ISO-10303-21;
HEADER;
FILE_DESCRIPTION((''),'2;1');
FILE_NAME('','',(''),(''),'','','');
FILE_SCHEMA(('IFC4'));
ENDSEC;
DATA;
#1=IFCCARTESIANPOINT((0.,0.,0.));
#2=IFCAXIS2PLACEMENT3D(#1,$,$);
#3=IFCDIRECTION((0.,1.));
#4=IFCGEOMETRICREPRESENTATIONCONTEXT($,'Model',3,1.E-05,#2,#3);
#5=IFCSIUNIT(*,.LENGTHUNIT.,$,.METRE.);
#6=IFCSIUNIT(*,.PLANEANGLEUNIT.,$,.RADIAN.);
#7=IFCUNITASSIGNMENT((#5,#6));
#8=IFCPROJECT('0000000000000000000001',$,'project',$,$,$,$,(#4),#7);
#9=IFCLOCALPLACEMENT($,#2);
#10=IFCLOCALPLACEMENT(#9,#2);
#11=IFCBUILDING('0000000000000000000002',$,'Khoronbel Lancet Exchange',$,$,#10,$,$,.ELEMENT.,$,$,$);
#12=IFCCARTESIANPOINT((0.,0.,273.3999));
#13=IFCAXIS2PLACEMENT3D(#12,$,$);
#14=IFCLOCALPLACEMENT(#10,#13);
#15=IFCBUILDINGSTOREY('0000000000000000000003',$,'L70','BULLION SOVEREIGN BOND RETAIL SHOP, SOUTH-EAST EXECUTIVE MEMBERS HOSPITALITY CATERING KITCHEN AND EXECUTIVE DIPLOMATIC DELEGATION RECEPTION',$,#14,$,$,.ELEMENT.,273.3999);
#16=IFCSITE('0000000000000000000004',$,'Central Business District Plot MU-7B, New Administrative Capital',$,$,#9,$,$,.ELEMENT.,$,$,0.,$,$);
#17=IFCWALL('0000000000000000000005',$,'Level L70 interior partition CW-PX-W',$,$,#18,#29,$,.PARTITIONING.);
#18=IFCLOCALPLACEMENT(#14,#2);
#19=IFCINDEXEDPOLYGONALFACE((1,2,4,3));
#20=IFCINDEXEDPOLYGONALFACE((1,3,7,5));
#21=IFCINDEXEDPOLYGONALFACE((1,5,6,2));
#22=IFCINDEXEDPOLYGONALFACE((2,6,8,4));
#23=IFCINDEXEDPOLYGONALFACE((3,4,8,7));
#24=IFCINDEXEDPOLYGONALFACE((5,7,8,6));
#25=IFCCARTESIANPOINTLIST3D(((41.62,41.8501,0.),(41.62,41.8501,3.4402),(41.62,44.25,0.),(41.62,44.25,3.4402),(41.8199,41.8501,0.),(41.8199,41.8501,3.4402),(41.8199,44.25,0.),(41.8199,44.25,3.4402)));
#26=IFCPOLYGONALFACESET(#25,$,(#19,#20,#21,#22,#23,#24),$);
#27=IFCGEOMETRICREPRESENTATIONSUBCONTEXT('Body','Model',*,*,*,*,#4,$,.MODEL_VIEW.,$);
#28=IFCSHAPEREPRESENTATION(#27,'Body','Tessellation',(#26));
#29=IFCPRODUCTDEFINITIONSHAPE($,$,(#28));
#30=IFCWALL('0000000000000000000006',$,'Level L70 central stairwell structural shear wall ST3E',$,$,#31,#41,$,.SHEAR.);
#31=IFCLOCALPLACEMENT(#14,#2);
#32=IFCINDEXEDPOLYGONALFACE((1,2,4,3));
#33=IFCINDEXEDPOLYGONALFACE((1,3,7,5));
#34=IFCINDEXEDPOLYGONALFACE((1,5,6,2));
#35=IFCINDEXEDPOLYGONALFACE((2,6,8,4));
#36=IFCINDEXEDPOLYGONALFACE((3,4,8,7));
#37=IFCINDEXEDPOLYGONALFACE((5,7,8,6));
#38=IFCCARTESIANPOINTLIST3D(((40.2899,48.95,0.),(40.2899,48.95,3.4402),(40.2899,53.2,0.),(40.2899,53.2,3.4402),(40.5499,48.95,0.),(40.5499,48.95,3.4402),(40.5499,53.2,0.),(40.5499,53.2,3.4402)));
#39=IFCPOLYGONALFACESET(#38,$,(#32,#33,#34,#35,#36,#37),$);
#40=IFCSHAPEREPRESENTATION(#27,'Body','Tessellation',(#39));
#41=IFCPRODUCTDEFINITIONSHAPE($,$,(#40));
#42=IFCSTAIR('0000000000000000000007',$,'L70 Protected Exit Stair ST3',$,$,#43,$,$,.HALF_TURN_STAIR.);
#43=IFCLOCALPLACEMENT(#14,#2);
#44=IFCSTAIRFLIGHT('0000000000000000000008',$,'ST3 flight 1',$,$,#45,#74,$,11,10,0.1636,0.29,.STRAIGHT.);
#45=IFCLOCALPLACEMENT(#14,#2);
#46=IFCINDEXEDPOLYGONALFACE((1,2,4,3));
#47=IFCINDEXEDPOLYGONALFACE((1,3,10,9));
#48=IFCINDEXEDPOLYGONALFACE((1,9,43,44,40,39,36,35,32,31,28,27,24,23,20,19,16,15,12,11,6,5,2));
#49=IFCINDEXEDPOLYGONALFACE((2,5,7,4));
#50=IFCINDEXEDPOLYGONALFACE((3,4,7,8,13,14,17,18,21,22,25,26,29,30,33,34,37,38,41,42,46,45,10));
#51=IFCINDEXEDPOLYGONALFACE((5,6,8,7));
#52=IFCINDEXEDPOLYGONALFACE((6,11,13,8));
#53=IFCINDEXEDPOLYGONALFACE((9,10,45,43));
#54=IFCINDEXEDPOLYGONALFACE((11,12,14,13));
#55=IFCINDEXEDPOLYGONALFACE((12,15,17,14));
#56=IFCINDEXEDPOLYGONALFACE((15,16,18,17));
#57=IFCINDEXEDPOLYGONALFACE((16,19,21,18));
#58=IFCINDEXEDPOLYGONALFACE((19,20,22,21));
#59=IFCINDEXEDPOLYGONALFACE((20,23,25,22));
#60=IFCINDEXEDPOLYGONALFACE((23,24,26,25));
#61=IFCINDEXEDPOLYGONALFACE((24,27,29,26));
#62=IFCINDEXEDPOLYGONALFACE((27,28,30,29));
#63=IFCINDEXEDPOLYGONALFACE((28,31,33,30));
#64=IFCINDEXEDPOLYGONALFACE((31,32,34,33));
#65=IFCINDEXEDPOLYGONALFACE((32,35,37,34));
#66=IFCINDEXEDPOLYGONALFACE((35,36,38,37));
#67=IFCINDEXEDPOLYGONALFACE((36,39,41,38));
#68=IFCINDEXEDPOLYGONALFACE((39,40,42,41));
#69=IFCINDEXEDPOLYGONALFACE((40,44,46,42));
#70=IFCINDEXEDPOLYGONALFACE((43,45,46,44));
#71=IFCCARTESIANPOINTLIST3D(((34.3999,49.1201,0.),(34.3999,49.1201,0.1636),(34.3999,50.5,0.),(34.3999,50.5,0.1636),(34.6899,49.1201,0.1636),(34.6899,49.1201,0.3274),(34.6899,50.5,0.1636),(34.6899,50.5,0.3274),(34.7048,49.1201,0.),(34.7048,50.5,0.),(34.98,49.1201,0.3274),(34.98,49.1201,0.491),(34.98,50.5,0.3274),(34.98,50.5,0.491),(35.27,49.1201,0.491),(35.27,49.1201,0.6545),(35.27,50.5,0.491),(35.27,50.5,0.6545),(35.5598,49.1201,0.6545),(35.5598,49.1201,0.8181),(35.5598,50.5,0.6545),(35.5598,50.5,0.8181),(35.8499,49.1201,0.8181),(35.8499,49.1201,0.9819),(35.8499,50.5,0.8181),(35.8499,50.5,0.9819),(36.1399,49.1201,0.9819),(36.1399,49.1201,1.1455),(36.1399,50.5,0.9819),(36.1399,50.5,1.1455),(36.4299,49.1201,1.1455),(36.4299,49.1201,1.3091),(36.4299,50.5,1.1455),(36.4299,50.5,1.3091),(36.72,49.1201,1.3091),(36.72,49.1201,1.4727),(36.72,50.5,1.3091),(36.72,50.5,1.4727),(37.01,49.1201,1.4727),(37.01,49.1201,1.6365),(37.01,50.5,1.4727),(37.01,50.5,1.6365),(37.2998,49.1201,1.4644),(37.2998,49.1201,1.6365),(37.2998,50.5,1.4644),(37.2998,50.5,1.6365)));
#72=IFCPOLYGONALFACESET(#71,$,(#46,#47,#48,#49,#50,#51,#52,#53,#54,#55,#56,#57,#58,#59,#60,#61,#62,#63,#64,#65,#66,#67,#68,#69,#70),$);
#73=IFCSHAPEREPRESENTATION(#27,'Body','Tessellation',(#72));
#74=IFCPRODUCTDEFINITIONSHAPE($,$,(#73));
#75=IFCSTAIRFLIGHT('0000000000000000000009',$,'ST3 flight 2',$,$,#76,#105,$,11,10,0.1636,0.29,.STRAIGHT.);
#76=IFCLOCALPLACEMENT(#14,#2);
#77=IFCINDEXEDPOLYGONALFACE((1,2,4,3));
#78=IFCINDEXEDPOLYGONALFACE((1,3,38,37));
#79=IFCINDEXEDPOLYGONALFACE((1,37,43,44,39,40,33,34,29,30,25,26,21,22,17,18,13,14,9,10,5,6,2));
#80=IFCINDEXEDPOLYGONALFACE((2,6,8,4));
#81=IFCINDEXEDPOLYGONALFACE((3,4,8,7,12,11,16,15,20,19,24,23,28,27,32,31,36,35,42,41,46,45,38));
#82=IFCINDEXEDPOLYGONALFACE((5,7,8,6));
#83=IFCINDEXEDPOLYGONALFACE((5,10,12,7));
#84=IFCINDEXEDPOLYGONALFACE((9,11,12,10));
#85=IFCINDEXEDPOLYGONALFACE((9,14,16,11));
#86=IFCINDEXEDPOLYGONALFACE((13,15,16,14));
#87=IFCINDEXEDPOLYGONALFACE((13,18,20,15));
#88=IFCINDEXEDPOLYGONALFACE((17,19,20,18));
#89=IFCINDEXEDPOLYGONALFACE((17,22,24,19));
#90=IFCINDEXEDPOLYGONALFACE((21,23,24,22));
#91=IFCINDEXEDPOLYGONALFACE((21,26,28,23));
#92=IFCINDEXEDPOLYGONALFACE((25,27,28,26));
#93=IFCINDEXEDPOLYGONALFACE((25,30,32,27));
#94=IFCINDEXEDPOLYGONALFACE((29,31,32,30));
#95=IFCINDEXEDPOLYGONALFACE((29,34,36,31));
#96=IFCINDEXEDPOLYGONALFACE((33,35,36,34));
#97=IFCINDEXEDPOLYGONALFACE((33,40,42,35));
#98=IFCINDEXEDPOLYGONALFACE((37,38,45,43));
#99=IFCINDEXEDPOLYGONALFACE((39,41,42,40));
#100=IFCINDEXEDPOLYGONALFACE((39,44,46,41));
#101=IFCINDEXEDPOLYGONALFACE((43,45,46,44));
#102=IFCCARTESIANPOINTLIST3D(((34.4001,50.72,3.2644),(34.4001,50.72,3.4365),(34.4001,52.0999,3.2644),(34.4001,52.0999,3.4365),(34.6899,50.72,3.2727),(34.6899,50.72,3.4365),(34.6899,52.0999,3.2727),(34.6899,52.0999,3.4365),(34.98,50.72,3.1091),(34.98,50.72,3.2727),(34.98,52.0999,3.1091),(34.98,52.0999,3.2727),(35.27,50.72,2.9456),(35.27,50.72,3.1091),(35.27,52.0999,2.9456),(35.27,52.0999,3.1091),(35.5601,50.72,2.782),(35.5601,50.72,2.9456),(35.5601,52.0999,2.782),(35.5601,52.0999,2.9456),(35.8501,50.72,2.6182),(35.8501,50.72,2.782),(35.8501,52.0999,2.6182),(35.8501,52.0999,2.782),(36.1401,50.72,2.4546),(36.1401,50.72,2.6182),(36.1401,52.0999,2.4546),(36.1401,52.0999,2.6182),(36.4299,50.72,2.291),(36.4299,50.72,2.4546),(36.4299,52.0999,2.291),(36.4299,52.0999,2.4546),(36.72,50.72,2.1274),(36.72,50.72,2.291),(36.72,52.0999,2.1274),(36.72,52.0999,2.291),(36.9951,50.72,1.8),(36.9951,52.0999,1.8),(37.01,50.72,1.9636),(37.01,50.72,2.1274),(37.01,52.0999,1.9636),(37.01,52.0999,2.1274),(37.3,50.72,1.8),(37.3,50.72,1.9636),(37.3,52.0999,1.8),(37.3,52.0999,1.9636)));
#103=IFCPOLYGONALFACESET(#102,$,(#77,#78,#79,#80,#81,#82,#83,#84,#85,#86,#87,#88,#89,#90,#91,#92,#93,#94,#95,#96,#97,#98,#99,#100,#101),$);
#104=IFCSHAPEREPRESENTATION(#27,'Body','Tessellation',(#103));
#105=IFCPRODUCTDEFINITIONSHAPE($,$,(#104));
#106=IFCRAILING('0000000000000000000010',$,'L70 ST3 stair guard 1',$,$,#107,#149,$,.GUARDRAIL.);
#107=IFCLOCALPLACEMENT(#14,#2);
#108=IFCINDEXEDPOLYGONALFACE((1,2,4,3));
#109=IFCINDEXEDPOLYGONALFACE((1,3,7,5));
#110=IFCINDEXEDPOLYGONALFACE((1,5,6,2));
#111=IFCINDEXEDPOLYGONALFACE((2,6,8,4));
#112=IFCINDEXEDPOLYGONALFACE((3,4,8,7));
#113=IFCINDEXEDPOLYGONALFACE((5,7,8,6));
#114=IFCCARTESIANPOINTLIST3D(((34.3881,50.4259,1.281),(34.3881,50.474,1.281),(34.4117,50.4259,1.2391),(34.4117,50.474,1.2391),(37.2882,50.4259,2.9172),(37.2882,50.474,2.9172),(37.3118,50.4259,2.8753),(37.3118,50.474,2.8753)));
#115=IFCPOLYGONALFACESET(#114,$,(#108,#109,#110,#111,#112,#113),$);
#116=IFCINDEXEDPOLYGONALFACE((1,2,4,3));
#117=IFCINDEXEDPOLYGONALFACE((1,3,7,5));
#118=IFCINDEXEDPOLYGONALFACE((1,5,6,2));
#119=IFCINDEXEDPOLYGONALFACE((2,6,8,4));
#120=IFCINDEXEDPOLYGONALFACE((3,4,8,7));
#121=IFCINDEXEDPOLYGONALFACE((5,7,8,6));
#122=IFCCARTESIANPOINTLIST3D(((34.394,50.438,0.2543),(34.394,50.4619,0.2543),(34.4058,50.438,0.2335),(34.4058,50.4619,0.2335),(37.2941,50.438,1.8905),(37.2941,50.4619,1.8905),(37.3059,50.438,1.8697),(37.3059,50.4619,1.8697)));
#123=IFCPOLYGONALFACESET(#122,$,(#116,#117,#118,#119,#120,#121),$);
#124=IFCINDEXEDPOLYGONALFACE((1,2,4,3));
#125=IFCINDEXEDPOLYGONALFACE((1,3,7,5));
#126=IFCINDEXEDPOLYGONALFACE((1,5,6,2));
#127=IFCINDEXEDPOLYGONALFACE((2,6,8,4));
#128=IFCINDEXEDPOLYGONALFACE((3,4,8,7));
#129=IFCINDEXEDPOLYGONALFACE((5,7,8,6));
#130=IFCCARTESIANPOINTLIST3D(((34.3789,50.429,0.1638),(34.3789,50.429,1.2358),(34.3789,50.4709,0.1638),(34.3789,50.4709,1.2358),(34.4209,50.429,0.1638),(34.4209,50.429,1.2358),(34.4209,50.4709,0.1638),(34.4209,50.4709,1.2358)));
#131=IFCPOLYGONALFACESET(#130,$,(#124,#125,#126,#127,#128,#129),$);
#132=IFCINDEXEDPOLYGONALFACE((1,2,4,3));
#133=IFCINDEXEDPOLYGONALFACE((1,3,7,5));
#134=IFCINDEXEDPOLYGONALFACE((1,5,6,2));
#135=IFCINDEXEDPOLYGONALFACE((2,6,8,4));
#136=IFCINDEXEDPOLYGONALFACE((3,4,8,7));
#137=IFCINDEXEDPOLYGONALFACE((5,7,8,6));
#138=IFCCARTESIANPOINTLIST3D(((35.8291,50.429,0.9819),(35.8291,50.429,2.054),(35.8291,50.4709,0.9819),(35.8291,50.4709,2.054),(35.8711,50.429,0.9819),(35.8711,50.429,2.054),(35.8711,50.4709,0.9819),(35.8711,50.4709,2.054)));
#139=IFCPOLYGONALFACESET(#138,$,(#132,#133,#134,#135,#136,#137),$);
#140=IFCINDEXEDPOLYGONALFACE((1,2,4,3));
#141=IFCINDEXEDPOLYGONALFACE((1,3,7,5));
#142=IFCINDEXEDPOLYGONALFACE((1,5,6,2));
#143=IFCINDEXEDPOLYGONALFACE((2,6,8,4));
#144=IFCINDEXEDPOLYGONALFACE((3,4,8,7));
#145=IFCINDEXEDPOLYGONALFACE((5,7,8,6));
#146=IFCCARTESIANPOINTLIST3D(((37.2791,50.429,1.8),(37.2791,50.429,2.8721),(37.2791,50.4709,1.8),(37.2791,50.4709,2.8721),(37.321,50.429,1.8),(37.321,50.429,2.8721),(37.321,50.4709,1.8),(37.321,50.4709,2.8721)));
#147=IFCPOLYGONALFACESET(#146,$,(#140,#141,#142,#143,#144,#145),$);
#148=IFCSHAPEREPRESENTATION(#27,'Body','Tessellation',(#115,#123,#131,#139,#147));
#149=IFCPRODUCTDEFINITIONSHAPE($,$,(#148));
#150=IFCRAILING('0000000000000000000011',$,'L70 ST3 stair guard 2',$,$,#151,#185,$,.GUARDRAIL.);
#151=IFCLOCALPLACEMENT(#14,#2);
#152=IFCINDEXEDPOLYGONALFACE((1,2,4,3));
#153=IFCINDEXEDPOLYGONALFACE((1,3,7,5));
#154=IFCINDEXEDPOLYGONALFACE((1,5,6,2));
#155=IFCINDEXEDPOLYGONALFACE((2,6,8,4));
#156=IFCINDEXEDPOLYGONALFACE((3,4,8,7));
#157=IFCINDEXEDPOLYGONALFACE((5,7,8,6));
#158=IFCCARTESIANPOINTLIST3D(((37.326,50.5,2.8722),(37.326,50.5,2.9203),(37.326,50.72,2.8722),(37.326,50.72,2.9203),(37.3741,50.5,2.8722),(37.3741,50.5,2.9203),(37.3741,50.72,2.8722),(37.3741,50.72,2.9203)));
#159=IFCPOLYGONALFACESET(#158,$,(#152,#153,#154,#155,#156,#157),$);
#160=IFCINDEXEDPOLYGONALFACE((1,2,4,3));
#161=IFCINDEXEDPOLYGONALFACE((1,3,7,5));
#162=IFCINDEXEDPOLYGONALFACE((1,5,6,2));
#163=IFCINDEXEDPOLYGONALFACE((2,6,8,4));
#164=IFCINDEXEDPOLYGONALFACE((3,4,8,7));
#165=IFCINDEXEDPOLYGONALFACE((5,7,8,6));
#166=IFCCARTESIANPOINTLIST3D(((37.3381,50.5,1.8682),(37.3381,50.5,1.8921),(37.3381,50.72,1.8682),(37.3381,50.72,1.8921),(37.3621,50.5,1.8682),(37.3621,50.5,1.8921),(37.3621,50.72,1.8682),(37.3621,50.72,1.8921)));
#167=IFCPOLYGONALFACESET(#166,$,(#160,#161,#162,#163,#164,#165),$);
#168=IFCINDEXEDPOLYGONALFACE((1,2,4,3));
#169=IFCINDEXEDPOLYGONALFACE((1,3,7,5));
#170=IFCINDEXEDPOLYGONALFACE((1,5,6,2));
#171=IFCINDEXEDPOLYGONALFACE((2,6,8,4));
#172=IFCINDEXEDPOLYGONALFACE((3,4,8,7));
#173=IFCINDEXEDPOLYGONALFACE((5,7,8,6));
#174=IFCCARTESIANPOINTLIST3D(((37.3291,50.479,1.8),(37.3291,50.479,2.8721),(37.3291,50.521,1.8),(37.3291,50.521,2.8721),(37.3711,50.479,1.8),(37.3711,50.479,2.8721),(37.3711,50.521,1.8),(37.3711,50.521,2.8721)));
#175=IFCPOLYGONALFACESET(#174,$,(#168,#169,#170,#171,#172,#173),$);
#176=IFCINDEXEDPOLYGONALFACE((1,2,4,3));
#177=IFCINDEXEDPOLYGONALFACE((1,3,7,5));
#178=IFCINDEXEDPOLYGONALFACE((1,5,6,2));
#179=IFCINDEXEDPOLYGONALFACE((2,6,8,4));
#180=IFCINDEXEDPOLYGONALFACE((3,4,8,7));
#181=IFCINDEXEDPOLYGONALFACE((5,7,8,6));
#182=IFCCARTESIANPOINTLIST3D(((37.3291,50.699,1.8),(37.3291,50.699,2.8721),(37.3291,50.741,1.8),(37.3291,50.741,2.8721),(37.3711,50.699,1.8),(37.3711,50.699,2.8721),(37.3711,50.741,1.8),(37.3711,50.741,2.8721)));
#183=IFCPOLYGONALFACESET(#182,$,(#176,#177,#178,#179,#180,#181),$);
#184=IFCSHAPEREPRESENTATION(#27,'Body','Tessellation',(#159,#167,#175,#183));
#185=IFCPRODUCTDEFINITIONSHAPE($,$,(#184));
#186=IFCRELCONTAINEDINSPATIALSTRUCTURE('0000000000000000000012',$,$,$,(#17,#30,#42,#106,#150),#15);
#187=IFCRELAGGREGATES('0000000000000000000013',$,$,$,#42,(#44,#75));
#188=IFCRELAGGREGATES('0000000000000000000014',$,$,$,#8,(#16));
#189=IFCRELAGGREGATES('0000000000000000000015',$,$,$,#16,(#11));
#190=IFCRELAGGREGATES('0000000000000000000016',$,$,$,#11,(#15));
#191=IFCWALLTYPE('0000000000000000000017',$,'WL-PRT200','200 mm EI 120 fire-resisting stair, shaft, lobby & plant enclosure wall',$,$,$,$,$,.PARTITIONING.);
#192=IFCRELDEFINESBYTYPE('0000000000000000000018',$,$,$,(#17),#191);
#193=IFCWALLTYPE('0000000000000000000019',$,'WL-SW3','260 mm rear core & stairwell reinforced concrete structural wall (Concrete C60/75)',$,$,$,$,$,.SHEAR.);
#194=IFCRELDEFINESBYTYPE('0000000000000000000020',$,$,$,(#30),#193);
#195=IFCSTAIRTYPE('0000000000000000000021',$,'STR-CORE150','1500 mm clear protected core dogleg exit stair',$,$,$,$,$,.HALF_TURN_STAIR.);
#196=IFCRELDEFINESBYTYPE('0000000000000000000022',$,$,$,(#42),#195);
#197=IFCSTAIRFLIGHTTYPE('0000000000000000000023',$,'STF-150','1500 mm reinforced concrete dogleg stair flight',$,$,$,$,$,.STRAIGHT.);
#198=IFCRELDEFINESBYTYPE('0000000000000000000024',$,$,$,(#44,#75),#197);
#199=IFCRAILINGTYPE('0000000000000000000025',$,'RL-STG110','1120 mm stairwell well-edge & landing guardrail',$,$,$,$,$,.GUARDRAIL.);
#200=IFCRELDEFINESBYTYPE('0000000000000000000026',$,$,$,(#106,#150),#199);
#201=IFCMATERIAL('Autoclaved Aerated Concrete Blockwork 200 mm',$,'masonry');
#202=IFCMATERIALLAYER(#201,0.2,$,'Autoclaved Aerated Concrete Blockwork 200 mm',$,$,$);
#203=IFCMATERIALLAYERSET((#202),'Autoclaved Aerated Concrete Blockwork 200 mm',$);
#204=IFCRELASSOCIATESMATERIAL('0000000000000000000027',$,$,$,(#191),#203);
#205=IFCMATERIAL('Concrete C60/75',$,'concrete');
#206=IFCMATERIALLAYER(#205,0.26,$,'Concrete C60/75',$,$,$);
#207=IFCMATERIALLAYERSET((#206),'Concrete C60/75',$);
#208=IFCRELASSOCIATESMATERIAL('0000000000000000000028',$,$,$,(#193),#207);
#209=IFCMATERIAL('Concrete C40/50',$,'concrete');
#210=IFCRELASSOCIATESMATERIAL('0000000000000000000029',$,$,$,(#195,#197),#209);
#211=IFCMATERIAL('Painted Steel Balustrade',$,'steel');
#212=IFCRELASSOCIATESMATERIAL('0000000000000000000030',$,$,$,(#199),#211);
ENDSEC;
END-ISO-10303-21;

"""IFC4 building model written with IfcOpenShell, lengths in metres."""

from ifc_helpers import new_model, si_unit, direction, frame, frame_2d, origin, origin_2d, place, context, subcontext, project, spatial, polyline, rectangle, outline, extrude, material, layer, layer_set, type_object, element, aggregate, save


model = new_model("IFC4")

# Units and contexts
model_context = context("Model", 3, precision=1e-05, world=origin(), true_north=direction((0.0, 1.0)))
body_context = subcontext(model_context, "Body", "Model", "MODEL_VIEW")
ifc_project = project(units=[si_unit("LENGTHUNIT", "METRE"), si_unit("PLANEANGLEUNIT", "RADIAN")], contexts=[model_context])

# Site, building, storey
site_placement = place(None, origin())
site = spatial("IfcSite", under=ifc_project, at=site_placement, Name="Central Business District Plot MU-7B, New Administrative Capital", CompositionType="ELEMENT", RefElevation=0.0)
building_placement = place(site_placement, origin())
building = spatial("IfcBuilding", under=site, at=building_placement, Name="Khoronbel Lancet Exchange", CompositionType="ELEMENT")
storey_placement = place(building_placement, frame((0.0, 0.0, 273.3999)))
storey = spatial("IfcBuildingStorey", under=building, at=storey_placement, Name="L70", Description="BULLION SOVEREIGN BOND RETAIL SHOP, SOUTH-EAST EXECUTIVE MEMBERS HOSPITALITY CATERING KITCHEN AND EXECUTIVE DIPLOMATIC DELEGATION RECEPTION", CompositionType="ELEMENT", Elevation=273.3999)

# Shared definitions
ifc_material_1 = material(Name="Concrete C60/75", Category="concrete")

# Shared definitions
ifc_material_2 = material(Name="Autoclaved Aerated Concrete Blockwork 200 mm", Category="masonry")
ifc_layer_1 = layer(ifc_material_2, 0.2, Name="Autoclaved Aerated Concrete Blockwork 200 mm")
ifc_layer_set_1 = layer_set([ifc_layer_1], Name="Autoclaved Aerated Concrete Blockwork 200 mm")
wall_type_1 = type_object("IfcWallType", Name="WL-PRT200", Description="200 mm EI 120 fire-resisting stair, shaft, lobby & plant enclosure wall", PredefinedType="PARTITIONING", material=ifc_layer_set_1)

# Walls
wall_1_placement = place(storey_placement, frame((41.72, 41.8501, 0.0), z_axis=(0.0, 0.0, 1.0), x_axis=(0.0, 1.0, 0.0)))
element("IfcWall", 1, at=wall_1_placement, inside=storey, type_object=wall_type_1, Name="Level L70 interior partition CW-PX-W", PredefinedType="PARTITIONING", context=body_context, shape_type="SweptSolid", body=[
    extrude(rectangle(XDim=2.3999, YDim=0.2, at=frame_2d((1.2, 0.0))), origin(), (0.0, 0.0, 1.0), 3.4402),
])
ifc_layer_2 = layer(ifc_material_1, 0.26, Name="Concrete C60/75")
ifc_layer_set_2 = layer_set([ifc_layer_2], Name="Concrete C60/75")
wall_type_2 = type_object("IfcWallType", Name="WL-SW3", Description="260 mm rear core & stairwell reinforced concrete structural wall (Concrete C60/75)", PredefinedType="SHEAR", material=ifc_layer_set_2)
wall_2_placement = place(storey_placement, frame((40.4199, 48.95, 0.0), z_axis=(0.0, 0.0, 1.0), x_axis=(0.0, 1.0, 0.0)))
element("IfcWall", 2, at=wall_2_placement, inside=storey, type_object=wall_type_2, Name="Level L70 central stairwell structural shear wall ST3E", PredefinedType="SHEAR", context=body_context, shape_type="SweptSolid", body=[
    extrude(rectangle(XDim=4.25, YDim=0.26, at=frame_2d((2.125, 0.0))), origin(), (0.0, 0.0, 1.0), 3.4402),
])

# Stair, stair flights
ifc_material_3 = material(Name="Concrete C40/50", Category="concrete")
stair_type = type_object("IfcStairType", Name="STR-CORE150", Description="1500 mm clear protected core dogleg exit stair", PredefinedType="HALF_TURN_STAIR", material=ifc_material_3)
stair_placement = place(storey_placement, origin())
stair = element("IfcStair", 3, at=stair_placement, inside=storey, type_object=stair_type, Name="L70 Protected Exit Stair ST3", PredefinedType="HALF_TURN_STAIR")
stair_flight_type = type_object("IfcStairFlightType", Name="STF-150", Description="1500 mm reinforced concrete dogleg stair flight", PredefinedType="STRAIGHT", material=ifc_material_3)
stair_flight_1_placement = place(storey_placement, frame((34.3999, 49.8101, 0.0), z_axis=(0.0, 0.0, 1.0), x_axis=(1.0, 0.0, 0.0)))
stair_flight_1 = element("IfcStairFlight", 4, at=stair_flight_1_placement, type_object=stair_flight_type, Name="ST3 flight 1", NumberOfRisers=11, NumberOfTreads=10, PredefinedType="STRAIGHT", RiserHeight=0.1636, TreadLength=0.29, context=body_context, shape_type="SweptSolid", body=[
    extrude(outline(polyline([(0.0, 0.0), (0.0, 0.1636), (0.29, 0.1636), (0.29, 0.3274), (0.5801, 0.3274), (0.5801, 0.491), (0.8701, 0.491), (0.8701, 0.6545), (1.1599, 0.6545), (1.1599, 0.8181), (1.45, 0.8181), (1.45, 0.9819), (1.74, 0.9819), (1.74, 1.1455), (2.03, 1.1455), (2.03, 1.3091), (2.3201, 1.3091), (2.3201, 1.4727), (2.6101, 1.4727), (2.6101, 1.6365), (2.8999, 1.6365), (2.8999, 1.8), (2.8999, 1.4644), (0.3049, 0.0), (0.0, 0.0)])), frame((0.0, 0.6899, 0.0), z_axis=(0.0, -1.0, 0.0), x_axis=(1.0, 0.0, 0.0)), (0.0, 0.0, 1.0), 1.3799),
])
stair_flight_2_placement = place(storey_placement, frame((37.3, 51.4099, 1.8), z_axis=(0.0, 0.0, 1.0), x_axis=(-1.0, 0.0, 0.0)))
stair_flight_2 = element("IfcStairFlight", 5, at=stair_flight_2_placement, type_object=stair_flight_type, Name="ST3 flight 2", NumberOfRisers=11, NumberOfTreads=10, PredefinedType="STRAIGHT", RiserHeight=0.1636, TreadLength=0.29, context=body_context, shape_type="SweptSolid", body=[
    extrude(outline(polyline([(0.0, 0.0), (0.0, 0.1636), (0.29, 0.1636), (0.29, 0.3274), (0.5801, 0.3274), (0.5801, 0.491), (0.8701, 0.491), (0.8701, 0.6545), (1.1599, 0.6545), (1.1599, 0.8181), (1.45, 0.8181), (1.45, 0.9819), (1.74, 0.9819), (1.74, 1.1455), (2.03, 1.1455), (2.03, 1.3091), (2.3201, 1.3091), (2.3201, 1.4727), (2.6101, 1.4727), (2.6101, 1.6365), (2.8999, 1.6365), (2.8999, 1.8), (2.8999, 1.4644), (0.3049, 0.0), (0.0, 0.0)])), frame((0.0, 0.6899, 0.0), z_axis=(0.0, -1.0, 0.0), x_axis=(1.0, 0.0, 0.0)), (0.0, 0.0, 1.0), 1.3799),
])
aggregate(stair, [stair_flight_1, stair_flight_2])

# Railings
ifc_material_4 = material(Name="Painted Steel Balustrade", Category="steel")
railing_type_1 = type_object("IfcRailingType", Name="RL-STG110", Description="1120 mm stairwell well-edge & landing guardrail", PredefinedType="GUARDRAIL", material=ifc_material_4)
railing_1_placement = place(storey_placement, frame((34.3999, 50.45, 0.1638)))
element("IfcRailing", 6, at=railing_1_placement, inside=storey, type_object=railing_type_1, Name="L70 ST3 stair guard 1", PredefinedType="GUARDRAIL", context=body_context, shape_type="SweptSolid", body=[
    extrude(rectangle(XDim=0.0481, YDim=0.0481, at=origin_2d()), frame((0.0, 0.0, 1.0962), z_axis=(0.870946, 0.0, 0.491378), x_axis=(0.0, 1.0, 0.0)), (0.0, 0.0, 1.0), 3.3298),
    extrude(rectangle(XDim=0.0239, YDim=0.0239, at=origin_2d()), frame((0.0, 0.0, 0.0801), z_axis=(0.870946, 0.0, 0.491378), x_axis=(0.0, 1.0, 0.0)), (0.0, 0.0, 1.0), 3.3298),
    extrude(rectangle(XDim=0.042, YDim=0.042, at=origin_2d()), origin(), (0.0, 0.0, 1.0), 1.072),
    extrude(rectangle(XDim=0.042, YDim=0.042, at=origin_2d()), frame((1.4502, 0.0, 0.8181)), (0.0, 0.0, 1.0), 1.072),
    extrude(rectangle(XDim=0.042, YDim=0.042, at=origin_2d()), frame((2.9001, 0.0, 1.6362)), (0.0, 0.0, 1.0), 1.072),
])
railing_2_placement = place(storey_placement, frame((37.3501, 50.5, 1.8)))
element("IfcRailing", 7, at=railing_2_placement, inside=storey, type_object=railing_type_1, Name="L70 ST3 stair guard 2", PredefinedType="GUARDRAIL", context=body_context, shape_type="SweptSolid", body=[
    extrude(rectangle(XDim=0.0481, YDim=0.0481, at=origin_2d()), frame((0.0, 0.0, 1.0962), z_axis=(0.0, 1.0, 0.0), x_axis=(-1.0, 0.0, 0.0)), (0.0, 0.0, 1.0), 0.22),
    extrude(rectangle(XDim=0.0239, YDim=0.0239, at=origin_2d()), frame((0.0, 0.0, 0.0801), z_axis=(0.0, 1.0, 0.0), x_axis=(-1.0, 0.0, 0.0)), (0.0, 0.0, 1.0), 0.22),
    extrude(rectangle(XDim=0.042, YDim=0.042, at=origin_2d()), origin(), (0.0, 0.0, 1.0), 1.072),
    extrude(rectangle(XDim=0.042, YDim=0.042, at=origin_2d()), frame((0.0, 0.22, 0.0)), (0.0, 0.0, 1.0), 1.072),
])

save(model, "model.ifc")
